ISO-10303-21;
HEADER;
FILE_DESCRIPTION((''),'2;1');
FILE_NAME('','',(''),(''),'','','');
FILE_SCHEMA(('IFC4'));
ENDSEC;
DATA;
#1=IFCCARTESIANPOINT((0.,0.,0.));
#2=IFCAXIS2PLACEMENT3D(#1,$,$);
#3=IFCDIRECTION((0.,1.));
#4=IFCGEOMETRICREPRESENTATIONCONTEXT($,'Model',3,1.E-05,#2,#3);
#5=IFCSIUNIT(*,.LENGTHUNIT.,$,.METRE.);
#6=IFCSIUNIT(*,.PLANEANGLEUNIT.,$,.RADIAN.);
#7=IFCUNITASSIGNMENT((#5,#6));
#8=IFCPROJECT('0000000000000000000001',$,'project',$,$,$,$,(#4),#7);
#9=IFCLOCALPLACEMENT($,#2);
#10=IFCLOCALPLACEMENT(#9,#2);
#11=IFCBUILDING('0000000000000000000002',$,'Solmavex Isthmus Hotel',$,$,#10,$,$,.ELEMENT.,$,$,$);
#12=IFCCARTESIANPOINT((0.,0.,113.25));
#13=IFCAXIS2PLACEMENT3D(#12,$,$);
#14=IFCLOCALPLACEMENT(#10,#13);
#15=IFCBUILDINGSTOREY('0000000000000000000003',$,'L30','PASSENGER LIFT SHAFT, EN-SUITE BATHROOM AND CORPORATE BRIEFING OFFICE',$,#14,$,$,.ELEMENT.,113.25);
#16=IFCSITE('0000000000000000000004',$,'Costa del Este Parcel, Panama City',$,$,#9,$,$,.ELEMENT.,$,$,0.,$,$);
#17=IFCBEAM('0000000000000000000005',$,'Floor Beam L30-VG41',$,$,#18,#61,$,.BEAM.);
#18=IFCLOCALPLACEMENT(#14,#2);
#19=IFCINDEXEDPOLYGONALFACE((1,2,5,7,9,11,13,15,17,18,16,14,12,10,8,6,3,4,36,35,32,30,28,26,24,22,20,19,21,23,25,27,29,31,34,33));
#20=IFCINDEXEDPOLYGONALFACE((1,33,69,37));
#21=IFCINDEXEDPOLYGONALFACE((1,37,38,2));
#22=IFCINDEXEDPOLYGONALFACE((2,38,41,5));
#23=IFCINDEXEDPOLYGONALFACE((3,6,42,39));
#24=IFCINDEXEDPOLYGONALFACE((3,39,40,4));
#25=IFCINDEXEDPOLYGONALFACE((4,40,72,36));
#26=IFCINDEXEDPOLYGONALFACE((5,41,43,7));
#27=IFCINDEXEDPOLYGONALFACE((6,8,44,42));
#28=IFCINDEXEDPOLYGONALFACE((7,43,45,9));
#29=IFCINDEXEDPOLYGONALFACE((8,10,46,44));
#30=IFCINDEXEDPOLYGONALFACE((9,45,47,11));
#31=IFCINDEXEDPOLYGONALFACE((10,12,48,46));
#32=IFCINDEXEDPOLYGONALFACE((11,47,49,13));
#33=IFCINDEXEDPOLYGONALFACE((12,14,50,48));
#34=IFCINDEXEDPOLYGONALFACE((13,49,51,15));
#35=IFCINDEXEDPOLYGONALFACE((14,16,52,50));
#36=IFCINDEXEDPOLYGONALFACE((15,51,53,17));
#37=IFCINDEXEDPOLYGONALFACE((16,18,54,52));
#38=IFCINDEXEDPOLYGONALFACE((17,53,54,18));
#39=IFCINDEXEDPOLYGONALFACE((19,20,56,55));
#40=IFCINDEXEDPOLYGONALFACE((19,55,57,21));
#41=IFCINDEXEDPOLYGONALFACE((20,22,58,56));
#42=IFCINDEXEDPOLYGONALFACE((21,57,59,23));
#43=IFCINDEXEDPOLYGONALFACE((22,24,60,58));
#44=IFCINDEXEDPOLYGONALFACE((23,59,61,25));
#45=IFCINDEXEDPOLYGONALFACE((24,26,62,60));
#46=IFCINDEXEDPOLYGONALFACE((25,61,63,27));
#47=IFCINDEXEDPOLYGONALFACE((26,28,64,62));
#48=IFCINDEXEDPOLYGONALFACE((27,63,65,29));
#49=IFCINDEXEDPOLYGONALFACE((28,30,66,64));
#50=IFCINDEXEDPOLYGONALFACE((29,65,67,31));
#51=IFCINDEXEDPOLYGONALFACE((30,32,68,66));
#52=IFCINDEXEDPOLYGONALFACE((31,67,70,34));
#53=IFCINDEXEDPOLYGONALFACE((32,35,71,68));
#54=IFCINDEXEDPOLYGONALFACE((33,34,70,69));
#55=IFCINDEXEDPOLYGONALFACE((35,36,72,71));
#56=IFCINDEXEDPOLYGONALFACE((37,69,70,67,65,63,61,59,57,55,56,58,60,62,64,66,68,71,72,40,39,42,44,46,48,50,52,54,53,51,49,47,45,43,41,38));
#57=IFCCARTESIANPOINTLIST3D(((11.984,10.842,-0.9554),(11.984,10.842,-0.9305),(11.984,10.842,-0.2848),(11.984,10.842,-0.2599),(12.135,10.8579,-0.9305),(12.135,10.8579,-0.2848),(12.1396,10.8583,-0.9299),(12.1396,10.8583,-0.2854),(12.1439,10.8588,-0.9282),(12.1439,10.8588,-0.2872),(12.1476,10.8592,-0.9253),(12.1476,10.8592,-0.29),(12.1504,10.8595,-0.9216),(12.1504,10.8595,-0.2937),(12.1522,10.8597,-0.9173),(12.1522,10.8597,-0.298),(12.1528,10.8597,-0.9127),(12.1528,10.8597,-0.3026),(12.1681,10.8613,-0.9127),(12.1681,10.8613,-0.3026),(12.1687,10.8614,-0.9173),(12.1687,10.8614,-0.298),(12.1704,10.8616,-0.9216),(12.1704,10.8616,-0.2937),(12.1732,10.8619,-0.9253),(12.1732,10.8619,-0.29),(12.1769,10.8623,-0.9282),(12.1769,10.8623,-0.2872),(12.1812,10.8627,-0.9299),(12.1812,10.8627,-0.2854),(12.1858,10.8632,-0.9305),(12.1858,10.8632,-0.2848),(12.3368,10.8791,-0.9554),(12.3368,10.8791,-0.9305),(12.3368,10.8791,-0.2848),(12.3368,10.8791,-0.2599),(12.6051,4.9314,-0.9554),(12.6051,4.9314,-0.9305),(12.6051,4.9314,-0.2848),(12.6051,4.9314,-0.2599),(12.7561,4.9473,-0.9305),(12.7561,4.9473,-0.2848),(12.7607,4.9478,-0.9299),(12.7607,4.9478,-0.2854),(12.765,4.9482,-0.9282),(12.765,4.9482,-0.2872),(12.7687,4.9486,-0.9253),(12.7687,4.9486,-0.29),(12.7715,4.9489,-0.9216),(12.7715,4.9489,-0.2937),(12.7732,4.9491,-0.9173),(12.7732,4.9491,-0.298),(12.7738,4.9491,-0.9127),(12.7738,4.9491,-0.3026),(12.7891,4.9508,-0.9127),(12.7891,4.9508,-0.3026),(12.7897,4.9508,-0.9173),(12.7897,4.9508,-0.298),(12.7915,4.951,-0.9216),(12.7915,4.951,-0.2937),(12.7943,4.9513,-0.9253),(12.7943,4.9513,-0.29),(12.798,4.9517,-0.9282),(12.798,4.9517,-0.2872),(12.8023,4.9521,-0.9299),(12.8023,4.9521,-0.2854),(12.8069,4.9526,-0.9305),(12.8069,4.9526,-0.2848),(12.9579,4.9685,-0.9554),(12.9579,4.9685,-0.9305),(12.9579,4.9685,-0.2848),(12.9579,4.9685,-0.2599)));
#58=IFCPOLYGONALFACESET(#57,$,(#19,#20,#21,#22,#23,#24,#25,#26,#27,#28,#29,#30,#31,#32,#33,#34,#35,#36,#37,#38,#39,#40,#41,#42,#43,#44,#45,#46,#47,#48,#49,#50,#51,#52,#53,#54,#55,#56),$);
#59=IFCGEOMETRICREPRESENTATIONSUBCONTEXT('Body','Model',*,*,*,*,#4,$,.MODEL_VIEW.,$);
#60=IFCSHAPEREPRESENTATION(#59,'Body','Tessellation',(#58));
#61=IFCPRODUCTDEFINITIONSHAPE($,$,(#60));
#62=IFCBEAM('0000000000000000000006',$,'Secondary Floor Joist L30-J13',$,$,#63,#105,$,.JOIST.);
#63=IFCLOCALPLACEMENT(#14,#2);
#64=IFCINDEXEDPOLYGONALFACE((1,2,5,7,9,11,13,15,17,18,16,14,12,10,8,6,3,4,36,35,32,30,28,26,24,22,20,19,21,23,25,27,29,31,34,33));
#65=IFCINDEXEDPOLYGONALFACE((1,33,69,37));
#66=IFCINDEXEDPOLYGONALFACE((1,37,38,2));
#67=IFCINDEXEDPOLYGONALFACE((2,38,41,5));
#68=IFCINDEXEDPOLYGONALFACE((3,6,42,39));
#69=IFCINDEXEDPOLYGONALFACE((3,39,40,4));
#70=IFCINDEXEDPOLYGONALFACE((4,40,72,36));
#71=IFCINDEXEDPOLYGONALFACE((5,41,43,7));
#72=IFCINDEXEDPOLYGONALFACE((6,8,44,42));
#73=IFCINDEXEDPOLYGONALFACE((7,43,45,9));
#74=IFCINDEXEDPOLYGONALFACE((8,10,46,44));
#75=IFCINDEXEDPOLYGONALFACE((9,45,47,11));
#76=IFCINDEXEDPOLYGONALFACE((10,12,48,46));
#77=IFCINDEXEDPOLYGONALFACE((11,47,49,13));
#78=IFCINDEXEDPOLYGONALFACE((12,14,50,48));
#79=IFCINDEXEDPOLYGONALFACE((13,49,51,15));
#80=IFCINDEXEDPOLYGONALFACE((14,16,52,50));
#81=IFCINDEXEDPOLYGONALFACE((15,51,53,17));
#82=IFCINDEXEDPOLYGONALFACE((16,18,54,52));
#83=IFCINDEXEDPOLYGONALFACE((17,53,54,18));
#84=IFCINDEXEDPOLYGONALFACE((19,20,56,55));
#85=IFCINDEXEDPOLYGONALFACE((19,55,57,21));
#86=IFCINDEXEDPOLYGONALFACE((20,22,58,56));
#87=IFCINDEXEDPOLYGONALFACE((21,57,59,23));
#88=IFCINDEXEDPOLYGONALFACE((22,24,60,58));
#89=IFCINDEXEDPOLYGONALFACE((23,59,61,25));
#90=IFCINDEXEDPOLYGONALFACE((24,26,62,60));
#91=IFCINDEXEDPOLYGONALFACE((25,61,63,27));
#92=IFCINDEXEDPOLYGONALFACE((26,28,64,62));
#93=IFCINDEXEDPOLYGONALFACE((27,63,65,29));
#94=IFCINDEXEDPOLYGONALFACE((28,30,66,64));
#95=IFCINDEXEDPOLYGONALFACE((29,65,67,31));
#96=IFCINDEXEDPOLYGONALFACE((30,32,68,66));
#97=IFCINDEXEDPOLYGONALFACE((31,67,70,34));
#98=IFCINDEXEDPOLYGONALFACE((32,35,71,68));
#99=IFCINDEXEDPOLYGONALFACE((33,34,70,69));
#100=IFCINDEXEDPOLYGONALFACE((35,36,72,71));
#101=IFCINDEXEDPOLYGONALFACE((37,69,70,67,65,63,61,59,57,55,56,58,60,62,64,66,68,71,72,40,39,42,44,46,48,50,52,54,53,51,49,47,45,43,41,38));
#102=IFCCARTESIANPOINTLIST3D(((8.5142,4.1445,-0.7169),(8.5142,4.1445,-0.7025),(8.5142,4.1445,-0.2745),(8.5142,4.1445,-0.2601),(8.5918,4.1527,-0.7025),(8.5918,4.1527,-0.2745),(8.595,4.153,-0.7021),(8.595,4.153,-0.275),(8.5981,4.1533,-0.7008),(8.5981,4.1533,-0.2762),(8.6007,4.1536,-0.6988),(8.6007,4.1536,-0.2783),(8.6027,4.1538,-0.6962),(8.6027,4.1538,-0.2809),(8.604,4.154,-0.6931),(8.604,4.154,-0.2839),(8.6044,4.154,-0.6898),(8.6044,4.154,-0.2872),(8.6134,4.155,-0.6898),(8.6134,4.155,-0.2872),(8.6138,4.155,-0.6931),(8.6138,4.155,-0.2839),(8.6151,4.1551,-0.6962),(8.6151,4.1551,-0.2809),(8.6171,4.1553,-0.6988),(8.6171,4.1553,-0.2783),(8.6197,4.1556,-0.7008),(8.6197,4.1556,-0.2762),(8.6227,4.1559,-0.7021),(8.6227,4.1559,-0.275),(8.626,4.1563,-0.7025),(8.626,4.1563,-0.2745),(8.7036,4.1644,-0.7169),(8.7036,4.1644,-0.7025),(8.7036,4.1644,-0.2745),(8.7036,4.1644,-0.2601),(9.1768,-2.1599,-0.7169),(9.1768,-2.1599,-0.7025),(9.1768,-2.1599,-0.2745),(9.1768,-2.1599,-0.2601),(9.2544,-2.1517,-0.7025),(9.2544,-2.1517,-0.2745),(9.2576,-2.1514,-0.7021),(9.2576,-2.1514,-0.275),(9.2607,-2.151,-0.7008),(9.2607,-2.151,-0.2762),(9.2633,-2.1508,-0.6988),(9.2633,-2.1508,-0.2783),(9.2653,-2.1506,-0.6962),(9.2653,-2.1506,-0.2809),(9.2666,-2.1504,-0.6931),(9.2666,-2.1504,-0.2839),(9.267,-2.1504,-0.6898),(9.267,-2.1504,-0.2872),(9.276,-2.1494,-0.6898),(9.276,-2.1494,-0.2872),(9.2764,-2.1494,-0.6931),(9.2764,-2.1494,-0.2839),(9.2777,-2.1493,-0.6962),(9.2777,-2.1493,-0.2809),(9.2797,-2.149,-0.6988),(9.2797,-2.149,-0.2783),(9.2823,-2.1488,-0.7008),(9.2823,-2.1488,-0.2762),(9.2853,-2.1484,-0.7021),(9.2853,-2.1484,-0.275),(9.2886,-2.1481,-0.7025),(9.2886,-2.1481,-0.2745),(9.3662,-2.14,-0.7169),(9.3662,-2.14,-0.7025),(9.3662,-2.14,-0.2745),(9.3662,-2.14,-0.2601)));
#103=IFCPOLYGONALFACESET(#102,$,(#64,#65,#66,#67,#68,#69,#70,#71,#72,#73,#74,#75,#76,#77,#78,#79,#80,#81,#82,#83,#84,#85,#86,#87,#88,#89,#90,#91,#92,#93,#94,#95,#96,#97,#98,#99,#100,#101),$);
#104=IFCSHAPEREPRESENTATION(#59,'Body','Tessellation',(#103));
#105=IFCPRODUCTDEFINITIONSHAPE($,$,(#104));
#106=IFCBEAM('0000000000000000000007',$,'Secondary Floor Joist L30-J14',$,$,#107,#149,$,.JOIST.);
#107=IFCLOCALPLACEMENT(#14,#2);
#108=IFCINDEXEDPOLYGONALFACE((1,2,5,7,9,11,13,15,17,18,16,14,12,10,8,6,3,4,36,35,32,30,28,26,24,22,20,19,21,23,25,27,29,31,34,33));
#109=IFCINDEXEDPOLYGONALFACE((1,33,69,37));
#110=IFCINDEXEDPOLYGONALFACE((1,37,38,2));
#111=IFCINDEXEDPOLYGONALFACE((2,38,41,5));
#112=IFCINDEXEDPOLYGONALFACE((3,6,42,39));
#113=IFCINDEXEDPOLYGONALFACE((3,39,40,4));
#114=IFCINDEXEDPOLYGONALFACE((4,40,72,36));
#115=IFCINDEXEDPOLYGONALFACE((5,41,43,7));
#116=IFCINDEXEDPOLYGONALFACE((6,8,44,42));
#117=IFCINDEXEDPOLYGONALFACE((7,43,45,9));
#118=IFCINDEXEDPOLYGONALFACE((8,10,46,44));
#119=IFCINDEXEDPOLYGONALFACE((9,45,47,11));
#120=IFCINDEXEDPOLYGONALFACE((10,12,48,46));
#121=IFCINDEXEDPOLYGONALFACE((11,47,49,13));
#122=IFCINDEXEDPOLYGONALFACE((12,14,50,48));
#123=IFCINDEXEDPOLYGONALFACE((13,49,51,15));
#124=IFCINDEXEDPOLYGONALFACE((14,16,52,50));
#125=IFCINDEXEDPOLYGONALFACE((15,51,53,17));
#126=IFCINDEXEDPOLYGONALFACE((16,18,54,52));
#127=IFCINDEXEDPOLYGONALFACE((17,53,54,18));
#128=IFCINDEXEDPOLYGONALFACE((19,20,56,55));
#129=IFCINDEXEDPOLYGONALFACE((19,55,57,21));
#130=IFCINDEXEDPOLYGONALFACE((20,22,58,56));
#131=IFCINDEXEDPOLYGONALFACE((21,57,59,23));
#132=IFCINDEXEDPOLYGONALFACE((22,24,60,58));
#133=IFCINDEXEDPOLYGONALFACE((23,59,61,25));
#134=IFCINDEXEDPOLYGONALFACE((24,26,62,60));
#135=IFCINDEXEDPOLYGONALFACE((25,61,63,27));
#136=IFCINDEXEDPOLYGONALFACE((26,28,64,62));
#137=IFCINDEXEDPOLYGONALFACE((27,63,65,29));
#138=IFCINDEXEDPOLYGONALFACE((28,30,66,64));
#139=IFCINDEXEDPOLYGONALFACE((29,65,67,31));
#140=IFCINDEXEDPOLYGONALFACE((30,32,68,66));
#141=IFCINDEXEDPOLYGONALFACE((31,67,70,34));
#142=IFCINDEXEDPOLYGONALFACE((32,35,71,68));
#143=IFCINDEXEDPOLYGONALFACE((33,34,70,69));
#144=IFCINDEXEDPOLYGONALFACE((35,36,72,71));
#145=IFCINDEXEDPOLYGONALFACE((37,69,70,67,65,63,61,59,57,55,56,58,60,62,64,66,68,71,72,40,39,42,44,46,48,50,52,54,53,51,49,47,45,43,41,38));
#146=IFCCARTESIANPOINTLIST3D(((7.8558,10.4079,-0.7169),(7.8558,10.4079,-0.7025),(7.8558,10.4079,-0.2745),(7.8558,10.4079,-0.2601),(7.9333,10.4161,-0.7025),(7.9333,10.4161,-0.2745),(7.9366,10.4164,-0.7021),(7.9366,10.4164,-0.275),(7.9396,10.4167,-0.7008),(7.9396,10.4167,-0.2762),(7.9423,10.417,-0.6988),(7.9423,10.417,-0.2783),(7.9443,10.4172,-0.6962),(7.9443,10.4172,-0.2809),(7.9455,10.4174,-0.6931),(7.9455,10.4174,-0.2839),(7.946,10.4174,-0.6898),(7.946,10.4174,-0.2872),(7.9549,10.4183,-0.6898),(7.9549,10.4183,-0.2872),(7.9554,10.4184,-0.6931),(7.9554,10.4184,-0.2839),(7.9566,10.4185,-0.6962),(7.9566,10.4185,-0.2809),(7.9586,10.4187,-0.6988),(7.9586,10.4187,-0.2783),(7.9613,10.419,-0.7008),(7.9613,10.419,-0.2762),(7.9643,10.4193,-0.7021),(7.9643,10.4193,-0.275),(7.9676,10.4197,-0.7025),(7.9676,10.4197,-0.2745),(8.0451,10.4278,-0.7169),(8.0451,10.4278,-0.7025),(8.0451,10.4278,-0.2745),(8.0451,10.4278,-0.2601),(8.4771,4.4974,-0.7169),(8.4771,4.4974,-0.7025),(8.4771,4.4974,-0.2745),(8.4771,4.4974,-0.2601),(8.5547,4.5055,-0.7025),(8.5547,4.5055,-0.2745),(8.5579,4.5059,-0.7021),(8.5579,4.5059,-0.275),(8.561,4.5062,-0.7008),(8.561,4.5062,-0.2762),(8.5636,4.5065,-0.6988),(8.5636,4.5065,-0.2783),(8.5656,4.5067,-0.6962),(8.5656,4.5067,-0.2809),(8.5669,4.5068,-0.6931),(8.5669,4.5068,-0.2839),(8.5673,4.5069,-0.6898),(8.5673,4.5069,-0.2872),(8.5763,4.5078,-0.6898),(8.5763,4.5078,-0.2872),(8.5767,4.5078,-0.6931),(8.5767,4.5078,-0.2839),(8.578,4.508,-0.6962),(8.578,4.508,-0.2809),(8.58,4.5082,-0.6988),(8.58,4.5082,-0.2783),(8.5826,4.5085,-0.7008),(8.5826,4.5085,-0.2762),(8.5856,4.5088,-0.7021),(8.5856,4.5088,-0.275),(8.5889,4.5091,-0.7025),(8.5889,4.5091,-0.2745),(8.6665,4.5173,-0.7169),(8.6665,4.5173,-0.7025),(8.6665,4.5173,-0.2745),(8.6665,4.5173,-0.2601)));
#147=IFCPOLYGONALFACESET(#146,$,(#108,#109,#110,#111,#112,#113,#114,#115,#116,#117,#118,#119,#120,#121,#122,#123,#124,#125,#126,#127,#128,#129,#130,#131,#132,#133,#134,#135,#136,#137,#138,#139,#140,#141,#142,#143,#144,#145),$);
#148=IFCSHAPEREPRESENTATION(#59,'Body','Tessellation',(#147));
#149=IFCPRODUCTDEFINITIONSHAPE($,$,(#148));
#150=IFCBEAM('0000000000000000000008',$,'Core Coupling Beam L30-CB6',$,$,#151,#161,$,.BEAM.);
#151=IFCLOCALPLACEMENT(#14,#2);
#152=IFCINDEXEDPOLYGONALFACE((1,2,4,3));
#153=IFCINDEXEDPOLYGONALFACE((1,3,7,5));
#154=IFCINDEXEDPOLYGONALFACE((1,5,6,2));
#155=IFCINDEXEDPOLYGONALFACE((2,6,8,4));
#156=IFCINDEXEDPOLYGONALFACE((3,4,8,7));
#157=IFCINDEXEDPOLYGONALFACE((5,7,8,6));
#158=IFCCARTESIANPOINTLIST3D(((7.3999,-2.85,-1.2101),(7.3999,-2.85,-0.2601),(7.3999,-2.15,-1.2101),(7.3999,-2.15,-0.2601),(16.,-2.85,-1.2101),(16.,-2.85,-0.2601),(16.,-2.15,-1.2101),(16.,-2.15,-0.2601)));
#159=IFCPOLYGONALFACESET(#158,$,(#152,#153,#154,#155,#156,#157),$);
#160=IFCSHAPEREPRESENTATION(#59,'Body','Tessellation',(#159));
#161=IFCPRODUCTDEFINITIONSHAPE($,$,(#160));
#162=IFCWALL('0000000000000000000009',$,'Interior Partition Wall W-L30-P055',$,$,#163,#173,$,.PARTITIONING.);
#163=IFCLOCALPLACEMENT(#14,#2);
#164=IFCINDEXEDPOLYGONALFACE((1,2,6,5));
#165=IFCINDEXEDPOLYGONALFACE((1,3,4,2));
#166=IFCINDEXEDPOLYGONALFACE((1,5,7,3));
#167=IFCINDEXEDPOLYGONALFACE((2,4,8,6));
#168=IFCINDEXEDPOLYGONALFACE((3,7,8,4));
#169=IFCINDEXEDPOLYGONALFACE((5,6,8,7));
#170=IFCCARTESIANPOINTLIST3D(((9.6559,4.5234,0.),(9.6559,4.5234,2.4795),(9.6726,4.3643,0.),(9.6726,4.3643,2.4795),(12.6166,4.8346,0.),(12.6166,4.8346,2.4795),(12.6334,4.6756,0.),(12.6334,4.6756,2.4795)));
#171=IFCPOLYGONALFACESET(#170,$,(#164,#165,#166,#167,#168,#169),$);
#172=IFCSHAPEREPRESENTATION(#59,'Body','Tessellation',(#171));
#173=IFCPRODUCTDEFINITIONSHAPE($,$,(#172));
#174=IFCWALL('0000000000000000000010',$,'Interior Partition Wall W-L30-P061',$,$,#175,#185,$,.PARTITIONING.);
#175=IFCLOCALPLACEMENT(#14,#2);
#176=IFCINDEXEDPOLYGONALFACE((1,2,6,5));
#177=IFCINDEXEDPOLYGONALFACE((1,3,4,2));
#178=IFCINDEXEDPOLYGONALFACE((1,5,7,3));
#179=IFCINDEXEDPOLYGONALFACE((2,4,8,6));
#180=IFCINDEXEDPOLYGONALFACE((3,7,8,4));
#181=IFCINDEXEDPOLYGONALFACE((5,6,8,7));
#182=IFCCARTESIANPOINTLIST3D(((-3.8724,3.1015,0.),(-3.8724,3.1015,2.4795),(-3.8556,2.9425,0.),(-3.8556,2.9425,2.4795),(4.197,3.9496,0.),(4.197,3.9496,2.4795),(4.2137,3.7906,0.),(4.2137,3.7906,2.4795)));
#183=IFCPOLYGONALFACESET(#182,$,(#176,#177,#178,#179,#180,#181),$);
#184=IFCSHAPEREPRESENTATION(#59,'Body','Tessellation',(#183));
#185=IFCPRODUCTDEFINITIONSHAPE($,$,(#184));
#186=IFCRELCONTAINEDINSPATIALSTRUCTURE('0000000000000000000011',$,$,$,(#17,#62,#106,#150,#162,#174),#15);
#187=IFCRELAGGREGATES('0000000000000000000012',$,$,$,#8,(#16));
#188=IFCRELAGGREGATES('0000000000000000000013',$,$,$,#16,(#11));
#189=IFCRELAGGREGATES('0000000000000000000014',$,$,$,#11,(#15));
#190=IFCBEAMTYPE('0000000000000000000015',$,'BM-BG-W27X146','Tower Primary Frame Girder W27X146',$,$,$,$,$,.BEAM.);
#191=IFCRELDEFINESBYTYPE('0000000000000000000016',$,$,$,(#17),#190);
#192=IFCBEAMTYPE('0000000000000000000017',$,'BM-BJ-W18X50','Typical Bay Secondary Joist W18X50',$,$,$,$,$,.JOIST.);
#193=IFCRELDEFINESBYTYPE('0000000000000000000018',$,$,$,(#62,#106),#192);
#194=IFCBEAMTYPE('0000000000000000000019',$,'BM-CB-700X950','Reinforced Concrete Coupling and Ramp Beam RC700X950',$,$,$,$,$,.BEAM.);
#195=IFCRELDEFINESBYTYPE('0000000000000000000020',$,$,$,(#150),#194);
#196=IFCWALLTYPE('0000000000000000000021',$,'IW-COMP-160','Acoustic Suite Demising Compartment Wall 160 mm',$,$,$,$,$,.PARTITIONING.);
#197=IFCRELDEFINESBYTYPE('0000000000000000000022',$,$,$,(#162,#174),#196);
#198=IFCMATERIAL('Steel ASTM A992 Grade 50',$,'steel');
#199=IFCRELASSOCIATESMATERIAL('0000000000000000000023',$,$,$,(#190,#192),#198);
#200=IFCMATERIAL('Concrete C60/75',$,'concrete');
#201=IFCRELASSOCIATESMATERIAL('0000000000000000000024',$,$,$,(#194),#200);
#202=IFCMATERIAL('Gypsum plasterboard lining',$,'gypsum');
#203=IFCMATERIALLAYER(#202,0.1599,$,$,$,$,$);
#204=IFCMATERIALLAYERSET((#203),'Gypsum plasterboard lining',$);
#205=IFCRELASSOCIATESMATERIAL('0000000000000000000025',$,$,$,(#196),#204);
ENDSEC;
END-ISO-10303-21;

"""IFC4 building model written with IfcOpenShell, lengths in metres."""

from ifc_helpers import new_model, si_unit, direction, frame, frame_2d, origin, origin_2d, place, context, subcontext, project, spatial, rectangle, i_section, extrude, material, layer, layer_set, material_profile, profile_set, type_object, element, save


model = new_model("IFC4")

# Units and contexts
model_context = context("Model", 3, precision=1e-05, world=origin(), true_north=direction((0.0, 1.0)))
body_context = subcontext(model_context, "Body", "Model", "MODEL_VIEW")
ifc_project = project(units=[si_unit("LENGTHUNIT", "METRE"), si_unit("PLANEANGLEUNIT", "RADIAN")], contexts=[model_context])

# Site, building, storey
site_placement = place(None, origin())
site = spatial("IfcSite", under=ifc_project, at=site_placement, Name="Costa del Este Parcel, Panama City", CompositionType="ELEMENT", RefElevation=0.0)
building_placement = place(site_placement, origin())
building = spatial("IfcBuilding", under=site, at=building_placement, Name="Solmavex Isthmus Hotel", CompositionType="ELEMENT")
storey_placement = place(building_placement, frame((0.0, 0.0, 113.25)))
storey = spatial("IfcBuildingStorey", under=building, at=storey_placement, Name="L30", Description="PASSENGER LIFT SHAFT, EN-SUITE BATHROOM AND CORPORATE BRIEFING OFFICE", CompositionType="ELEMENT", Elevation=113.25)

# Shared definitions
ifc_material_1 = material(Name="Concrete C60/75", Category="concrete")

# Beams
ifc_material_2 = material(Name="Steel ASTM A992 Grade 50", Category="steel")
ifc_material_profile_1 = material_profile(ifc_material_2, i_section(OverallWidth=0.3547, OverallDepth=0.6956, WebThickness=0.0154, FlangeThickness=0.0249, FilletRadius=0.0178, at=origin_2d()), Name="W27X146")
ifc_profile_set_1 = profile_set([ifc_material_profile_1], Name="Steel ASTM A992 Grade 50")
beam_type_1 = type_object("IfcBeamType", Name="BM-BG-W27X146", Description="Tower Primary Frame Girder W27X146", PredefinedType="BEAM", material=ifc_profile_set_1)
beam_1_placement = place(storey_placement, frame((12.7815, 4.95, -0.6077), z_axis=(-0.104505, 0.994524, 0.0), x_axis=(-0.994524, -0.104505, 0.0)))
element("IfcBeam", 1, at=beam_1_placement, inside=storey, type_object=beam_type_1, Name="Floor Beam L30-VG41", PredefinedType="BEAM", context=body_context, shape_type="SweptSolid", body=[
    extrude(i_section(OverallWidth=0.3547, OverallDepth=0.6956, WebThickness=0.0154, FlangeThickness=0.0249, FilletRadius=0.0178, at=origin_2d()), origin(), (0.0, 0.0, 1.0), 5.9431),
])
ifc_material_profile_2 = material_profile(ifc_material_2, i_section(OverallWidth=0.1904, OverallDepth=0.4568, WebThickness=0.009, FlangeThickness=0.0144, FilletRadius=0.0127, at=origin_2d()), Name="W18X50")
ifc_profile_set_2 = profile_set([ifc_material_profile_2], Name="Steel ASTM A992 Grade 50")
beam_type_2 = type_object("IfcBeamType", Name="BM-BJ-W18X50", Description="Typical Bay Secondary Joist W18X50", PredefinedType="JOIST", material=ifc_profile_set_2)
beam_2_placement = place(storey_placement, frame((9.2715, -2.1499, -0.4885), z_axis=(-0.104524, 0.994522, 0.0), x_axis=(-0.994522, -0.104524, 0.0)))
element("IfcBeam", 2, at=beam_2_placement, inside=storey, type_object=beam_type_2, Name="Secondary Floor Joist L30-J13", PredefinedType="JOIST", context=body_context, shape_type="SweptSolid", body=[
    extrude(i_section(OverallWidth=0.1904, OverallDepth=0.4568, WebThickness=0.009, FlangeThickness=0.0144, FilletRadius=0.0127, at=origin_2d()), origin(), (0.0, 0.0, 1.0), 6.3391),
])
beam_3_placement = place(storey_placement, frame((8.5718, 4.5073, -0.4885), z_axis=(-0.104546, 0.99452, 0.0), x_axis=(-0.99452, -0.104546, 0.0)))
element("IfcBeam", 3, at=beam_3_placement, inside=storey, type_object=beam_type_2, Name="Secondary Floor Joist L30-J14", PredefinedType="JOIST", context=body_context, shape_type="SweptSolid", body=[
    extrude(i_section(OverallWidth=0.1904, OverallDepth=0.4568, WebThickness=0.009, FlangeThickness=0.0144, FilletRadius=0.0127, at=origin_2d()), origin(), (0.0, 0.0, 1.0), 5.9431),
])
ifc_material_profile_3 = material_profile(ifc_material_1, rectangle(XDim=0.7, YDim=0.95, at=origin_2d()), Name="RC700X950")
ifc_profile_set_3 = profile_set([ifc_material_profile_3], Name="Concrete C60/75")
beam_type_3 = type_object("IfcBeamType", Name="BM-CB-700X950", Description="Reinforced Concrete Coupling and Ramp Beam RC700X950", PredefinedType="BEAM", material=ifc_profile_set_3)
beam_4_placement = place(storey_placement, frame((7.3999, -2.5, -0.7351), z_axis=(1.0, 0.0, 0.0), x_axis=(0.0, 1.0, 0.0)))
element("IfcBeam", 4, at=beam_4_placement, inside=storey, type_object=beam_type_3, Name="Core Coupling Beam L30-CB6", PredefinedType="BEAM", context=body_context, shape_type="SweptSolid", body=[
    extrude(rectangle(XDim=0.7, YDim=0.95, at=origin_2d()), origin(), (0.0, 0.0, 1.0), 8.6001),
])

# Walls
ifc_material_3 = material(Name="Gypsum plasterboard lining", Category="gypsum")
ifc_layer_1 = layer(ifc_material_3, 0.1599)
ifc_layer_set_1 = layer_set([ifc_layer_1], Name="Gypsum plasterboard lining")
wall_type_1 = type_object("IfcWallType", Name="IW-COMP-160", Description="Acoustic Suite Demising Compartment Wall 160 mm", PredefinedType="PARTITIONING", material=ifc_layer_set_1)
wall_1_placement = place(storey_placement, frame((12.625, 4.7551, 0.0), z_axis=(0.0, 0.0, 1.0), x_axis=(-0.994518, -0.104561, 0.0)))
element("IfcWall", 5, at=wall_1_placement, inside=storey, type_object=wall_type_1, Name="Interior Partition Wall W-L30-P055", PredefinedType="PARTITIONING", context=body_context, shape_type="SweptSolid", body=[
    extrude(rectangle(XDim=2.9771, YDim=0.1599, at=frame_2d((1.4885, 0.0))), origin(), (0.0, 0.0, 1.0), 2.4795),
])
wall_2_placement = place(storey_placement, frame((4.2053, 3.8701, 0.0), z_axis=(0.0, 0.0, 1.0), x_axis=(-0.994522, -0.104531, 0.0)))
element("IfcWall", 6, at=wall_2_placement, inside=storey, type_object=wall_type_1, Name="Interior Partition Wall W-L30-P061", PredefinedType="PARTITIONING", context=body_context, shape_type="SweptSolid", body=[
    extrude(rectangle(XDim=8.1138, YDim=0.1599, at=frame_2d((4.0569, 0.0))), origin(), (0.0, 0.0, 1.0), 2.4795),
])

save(model, "model.ifc")
